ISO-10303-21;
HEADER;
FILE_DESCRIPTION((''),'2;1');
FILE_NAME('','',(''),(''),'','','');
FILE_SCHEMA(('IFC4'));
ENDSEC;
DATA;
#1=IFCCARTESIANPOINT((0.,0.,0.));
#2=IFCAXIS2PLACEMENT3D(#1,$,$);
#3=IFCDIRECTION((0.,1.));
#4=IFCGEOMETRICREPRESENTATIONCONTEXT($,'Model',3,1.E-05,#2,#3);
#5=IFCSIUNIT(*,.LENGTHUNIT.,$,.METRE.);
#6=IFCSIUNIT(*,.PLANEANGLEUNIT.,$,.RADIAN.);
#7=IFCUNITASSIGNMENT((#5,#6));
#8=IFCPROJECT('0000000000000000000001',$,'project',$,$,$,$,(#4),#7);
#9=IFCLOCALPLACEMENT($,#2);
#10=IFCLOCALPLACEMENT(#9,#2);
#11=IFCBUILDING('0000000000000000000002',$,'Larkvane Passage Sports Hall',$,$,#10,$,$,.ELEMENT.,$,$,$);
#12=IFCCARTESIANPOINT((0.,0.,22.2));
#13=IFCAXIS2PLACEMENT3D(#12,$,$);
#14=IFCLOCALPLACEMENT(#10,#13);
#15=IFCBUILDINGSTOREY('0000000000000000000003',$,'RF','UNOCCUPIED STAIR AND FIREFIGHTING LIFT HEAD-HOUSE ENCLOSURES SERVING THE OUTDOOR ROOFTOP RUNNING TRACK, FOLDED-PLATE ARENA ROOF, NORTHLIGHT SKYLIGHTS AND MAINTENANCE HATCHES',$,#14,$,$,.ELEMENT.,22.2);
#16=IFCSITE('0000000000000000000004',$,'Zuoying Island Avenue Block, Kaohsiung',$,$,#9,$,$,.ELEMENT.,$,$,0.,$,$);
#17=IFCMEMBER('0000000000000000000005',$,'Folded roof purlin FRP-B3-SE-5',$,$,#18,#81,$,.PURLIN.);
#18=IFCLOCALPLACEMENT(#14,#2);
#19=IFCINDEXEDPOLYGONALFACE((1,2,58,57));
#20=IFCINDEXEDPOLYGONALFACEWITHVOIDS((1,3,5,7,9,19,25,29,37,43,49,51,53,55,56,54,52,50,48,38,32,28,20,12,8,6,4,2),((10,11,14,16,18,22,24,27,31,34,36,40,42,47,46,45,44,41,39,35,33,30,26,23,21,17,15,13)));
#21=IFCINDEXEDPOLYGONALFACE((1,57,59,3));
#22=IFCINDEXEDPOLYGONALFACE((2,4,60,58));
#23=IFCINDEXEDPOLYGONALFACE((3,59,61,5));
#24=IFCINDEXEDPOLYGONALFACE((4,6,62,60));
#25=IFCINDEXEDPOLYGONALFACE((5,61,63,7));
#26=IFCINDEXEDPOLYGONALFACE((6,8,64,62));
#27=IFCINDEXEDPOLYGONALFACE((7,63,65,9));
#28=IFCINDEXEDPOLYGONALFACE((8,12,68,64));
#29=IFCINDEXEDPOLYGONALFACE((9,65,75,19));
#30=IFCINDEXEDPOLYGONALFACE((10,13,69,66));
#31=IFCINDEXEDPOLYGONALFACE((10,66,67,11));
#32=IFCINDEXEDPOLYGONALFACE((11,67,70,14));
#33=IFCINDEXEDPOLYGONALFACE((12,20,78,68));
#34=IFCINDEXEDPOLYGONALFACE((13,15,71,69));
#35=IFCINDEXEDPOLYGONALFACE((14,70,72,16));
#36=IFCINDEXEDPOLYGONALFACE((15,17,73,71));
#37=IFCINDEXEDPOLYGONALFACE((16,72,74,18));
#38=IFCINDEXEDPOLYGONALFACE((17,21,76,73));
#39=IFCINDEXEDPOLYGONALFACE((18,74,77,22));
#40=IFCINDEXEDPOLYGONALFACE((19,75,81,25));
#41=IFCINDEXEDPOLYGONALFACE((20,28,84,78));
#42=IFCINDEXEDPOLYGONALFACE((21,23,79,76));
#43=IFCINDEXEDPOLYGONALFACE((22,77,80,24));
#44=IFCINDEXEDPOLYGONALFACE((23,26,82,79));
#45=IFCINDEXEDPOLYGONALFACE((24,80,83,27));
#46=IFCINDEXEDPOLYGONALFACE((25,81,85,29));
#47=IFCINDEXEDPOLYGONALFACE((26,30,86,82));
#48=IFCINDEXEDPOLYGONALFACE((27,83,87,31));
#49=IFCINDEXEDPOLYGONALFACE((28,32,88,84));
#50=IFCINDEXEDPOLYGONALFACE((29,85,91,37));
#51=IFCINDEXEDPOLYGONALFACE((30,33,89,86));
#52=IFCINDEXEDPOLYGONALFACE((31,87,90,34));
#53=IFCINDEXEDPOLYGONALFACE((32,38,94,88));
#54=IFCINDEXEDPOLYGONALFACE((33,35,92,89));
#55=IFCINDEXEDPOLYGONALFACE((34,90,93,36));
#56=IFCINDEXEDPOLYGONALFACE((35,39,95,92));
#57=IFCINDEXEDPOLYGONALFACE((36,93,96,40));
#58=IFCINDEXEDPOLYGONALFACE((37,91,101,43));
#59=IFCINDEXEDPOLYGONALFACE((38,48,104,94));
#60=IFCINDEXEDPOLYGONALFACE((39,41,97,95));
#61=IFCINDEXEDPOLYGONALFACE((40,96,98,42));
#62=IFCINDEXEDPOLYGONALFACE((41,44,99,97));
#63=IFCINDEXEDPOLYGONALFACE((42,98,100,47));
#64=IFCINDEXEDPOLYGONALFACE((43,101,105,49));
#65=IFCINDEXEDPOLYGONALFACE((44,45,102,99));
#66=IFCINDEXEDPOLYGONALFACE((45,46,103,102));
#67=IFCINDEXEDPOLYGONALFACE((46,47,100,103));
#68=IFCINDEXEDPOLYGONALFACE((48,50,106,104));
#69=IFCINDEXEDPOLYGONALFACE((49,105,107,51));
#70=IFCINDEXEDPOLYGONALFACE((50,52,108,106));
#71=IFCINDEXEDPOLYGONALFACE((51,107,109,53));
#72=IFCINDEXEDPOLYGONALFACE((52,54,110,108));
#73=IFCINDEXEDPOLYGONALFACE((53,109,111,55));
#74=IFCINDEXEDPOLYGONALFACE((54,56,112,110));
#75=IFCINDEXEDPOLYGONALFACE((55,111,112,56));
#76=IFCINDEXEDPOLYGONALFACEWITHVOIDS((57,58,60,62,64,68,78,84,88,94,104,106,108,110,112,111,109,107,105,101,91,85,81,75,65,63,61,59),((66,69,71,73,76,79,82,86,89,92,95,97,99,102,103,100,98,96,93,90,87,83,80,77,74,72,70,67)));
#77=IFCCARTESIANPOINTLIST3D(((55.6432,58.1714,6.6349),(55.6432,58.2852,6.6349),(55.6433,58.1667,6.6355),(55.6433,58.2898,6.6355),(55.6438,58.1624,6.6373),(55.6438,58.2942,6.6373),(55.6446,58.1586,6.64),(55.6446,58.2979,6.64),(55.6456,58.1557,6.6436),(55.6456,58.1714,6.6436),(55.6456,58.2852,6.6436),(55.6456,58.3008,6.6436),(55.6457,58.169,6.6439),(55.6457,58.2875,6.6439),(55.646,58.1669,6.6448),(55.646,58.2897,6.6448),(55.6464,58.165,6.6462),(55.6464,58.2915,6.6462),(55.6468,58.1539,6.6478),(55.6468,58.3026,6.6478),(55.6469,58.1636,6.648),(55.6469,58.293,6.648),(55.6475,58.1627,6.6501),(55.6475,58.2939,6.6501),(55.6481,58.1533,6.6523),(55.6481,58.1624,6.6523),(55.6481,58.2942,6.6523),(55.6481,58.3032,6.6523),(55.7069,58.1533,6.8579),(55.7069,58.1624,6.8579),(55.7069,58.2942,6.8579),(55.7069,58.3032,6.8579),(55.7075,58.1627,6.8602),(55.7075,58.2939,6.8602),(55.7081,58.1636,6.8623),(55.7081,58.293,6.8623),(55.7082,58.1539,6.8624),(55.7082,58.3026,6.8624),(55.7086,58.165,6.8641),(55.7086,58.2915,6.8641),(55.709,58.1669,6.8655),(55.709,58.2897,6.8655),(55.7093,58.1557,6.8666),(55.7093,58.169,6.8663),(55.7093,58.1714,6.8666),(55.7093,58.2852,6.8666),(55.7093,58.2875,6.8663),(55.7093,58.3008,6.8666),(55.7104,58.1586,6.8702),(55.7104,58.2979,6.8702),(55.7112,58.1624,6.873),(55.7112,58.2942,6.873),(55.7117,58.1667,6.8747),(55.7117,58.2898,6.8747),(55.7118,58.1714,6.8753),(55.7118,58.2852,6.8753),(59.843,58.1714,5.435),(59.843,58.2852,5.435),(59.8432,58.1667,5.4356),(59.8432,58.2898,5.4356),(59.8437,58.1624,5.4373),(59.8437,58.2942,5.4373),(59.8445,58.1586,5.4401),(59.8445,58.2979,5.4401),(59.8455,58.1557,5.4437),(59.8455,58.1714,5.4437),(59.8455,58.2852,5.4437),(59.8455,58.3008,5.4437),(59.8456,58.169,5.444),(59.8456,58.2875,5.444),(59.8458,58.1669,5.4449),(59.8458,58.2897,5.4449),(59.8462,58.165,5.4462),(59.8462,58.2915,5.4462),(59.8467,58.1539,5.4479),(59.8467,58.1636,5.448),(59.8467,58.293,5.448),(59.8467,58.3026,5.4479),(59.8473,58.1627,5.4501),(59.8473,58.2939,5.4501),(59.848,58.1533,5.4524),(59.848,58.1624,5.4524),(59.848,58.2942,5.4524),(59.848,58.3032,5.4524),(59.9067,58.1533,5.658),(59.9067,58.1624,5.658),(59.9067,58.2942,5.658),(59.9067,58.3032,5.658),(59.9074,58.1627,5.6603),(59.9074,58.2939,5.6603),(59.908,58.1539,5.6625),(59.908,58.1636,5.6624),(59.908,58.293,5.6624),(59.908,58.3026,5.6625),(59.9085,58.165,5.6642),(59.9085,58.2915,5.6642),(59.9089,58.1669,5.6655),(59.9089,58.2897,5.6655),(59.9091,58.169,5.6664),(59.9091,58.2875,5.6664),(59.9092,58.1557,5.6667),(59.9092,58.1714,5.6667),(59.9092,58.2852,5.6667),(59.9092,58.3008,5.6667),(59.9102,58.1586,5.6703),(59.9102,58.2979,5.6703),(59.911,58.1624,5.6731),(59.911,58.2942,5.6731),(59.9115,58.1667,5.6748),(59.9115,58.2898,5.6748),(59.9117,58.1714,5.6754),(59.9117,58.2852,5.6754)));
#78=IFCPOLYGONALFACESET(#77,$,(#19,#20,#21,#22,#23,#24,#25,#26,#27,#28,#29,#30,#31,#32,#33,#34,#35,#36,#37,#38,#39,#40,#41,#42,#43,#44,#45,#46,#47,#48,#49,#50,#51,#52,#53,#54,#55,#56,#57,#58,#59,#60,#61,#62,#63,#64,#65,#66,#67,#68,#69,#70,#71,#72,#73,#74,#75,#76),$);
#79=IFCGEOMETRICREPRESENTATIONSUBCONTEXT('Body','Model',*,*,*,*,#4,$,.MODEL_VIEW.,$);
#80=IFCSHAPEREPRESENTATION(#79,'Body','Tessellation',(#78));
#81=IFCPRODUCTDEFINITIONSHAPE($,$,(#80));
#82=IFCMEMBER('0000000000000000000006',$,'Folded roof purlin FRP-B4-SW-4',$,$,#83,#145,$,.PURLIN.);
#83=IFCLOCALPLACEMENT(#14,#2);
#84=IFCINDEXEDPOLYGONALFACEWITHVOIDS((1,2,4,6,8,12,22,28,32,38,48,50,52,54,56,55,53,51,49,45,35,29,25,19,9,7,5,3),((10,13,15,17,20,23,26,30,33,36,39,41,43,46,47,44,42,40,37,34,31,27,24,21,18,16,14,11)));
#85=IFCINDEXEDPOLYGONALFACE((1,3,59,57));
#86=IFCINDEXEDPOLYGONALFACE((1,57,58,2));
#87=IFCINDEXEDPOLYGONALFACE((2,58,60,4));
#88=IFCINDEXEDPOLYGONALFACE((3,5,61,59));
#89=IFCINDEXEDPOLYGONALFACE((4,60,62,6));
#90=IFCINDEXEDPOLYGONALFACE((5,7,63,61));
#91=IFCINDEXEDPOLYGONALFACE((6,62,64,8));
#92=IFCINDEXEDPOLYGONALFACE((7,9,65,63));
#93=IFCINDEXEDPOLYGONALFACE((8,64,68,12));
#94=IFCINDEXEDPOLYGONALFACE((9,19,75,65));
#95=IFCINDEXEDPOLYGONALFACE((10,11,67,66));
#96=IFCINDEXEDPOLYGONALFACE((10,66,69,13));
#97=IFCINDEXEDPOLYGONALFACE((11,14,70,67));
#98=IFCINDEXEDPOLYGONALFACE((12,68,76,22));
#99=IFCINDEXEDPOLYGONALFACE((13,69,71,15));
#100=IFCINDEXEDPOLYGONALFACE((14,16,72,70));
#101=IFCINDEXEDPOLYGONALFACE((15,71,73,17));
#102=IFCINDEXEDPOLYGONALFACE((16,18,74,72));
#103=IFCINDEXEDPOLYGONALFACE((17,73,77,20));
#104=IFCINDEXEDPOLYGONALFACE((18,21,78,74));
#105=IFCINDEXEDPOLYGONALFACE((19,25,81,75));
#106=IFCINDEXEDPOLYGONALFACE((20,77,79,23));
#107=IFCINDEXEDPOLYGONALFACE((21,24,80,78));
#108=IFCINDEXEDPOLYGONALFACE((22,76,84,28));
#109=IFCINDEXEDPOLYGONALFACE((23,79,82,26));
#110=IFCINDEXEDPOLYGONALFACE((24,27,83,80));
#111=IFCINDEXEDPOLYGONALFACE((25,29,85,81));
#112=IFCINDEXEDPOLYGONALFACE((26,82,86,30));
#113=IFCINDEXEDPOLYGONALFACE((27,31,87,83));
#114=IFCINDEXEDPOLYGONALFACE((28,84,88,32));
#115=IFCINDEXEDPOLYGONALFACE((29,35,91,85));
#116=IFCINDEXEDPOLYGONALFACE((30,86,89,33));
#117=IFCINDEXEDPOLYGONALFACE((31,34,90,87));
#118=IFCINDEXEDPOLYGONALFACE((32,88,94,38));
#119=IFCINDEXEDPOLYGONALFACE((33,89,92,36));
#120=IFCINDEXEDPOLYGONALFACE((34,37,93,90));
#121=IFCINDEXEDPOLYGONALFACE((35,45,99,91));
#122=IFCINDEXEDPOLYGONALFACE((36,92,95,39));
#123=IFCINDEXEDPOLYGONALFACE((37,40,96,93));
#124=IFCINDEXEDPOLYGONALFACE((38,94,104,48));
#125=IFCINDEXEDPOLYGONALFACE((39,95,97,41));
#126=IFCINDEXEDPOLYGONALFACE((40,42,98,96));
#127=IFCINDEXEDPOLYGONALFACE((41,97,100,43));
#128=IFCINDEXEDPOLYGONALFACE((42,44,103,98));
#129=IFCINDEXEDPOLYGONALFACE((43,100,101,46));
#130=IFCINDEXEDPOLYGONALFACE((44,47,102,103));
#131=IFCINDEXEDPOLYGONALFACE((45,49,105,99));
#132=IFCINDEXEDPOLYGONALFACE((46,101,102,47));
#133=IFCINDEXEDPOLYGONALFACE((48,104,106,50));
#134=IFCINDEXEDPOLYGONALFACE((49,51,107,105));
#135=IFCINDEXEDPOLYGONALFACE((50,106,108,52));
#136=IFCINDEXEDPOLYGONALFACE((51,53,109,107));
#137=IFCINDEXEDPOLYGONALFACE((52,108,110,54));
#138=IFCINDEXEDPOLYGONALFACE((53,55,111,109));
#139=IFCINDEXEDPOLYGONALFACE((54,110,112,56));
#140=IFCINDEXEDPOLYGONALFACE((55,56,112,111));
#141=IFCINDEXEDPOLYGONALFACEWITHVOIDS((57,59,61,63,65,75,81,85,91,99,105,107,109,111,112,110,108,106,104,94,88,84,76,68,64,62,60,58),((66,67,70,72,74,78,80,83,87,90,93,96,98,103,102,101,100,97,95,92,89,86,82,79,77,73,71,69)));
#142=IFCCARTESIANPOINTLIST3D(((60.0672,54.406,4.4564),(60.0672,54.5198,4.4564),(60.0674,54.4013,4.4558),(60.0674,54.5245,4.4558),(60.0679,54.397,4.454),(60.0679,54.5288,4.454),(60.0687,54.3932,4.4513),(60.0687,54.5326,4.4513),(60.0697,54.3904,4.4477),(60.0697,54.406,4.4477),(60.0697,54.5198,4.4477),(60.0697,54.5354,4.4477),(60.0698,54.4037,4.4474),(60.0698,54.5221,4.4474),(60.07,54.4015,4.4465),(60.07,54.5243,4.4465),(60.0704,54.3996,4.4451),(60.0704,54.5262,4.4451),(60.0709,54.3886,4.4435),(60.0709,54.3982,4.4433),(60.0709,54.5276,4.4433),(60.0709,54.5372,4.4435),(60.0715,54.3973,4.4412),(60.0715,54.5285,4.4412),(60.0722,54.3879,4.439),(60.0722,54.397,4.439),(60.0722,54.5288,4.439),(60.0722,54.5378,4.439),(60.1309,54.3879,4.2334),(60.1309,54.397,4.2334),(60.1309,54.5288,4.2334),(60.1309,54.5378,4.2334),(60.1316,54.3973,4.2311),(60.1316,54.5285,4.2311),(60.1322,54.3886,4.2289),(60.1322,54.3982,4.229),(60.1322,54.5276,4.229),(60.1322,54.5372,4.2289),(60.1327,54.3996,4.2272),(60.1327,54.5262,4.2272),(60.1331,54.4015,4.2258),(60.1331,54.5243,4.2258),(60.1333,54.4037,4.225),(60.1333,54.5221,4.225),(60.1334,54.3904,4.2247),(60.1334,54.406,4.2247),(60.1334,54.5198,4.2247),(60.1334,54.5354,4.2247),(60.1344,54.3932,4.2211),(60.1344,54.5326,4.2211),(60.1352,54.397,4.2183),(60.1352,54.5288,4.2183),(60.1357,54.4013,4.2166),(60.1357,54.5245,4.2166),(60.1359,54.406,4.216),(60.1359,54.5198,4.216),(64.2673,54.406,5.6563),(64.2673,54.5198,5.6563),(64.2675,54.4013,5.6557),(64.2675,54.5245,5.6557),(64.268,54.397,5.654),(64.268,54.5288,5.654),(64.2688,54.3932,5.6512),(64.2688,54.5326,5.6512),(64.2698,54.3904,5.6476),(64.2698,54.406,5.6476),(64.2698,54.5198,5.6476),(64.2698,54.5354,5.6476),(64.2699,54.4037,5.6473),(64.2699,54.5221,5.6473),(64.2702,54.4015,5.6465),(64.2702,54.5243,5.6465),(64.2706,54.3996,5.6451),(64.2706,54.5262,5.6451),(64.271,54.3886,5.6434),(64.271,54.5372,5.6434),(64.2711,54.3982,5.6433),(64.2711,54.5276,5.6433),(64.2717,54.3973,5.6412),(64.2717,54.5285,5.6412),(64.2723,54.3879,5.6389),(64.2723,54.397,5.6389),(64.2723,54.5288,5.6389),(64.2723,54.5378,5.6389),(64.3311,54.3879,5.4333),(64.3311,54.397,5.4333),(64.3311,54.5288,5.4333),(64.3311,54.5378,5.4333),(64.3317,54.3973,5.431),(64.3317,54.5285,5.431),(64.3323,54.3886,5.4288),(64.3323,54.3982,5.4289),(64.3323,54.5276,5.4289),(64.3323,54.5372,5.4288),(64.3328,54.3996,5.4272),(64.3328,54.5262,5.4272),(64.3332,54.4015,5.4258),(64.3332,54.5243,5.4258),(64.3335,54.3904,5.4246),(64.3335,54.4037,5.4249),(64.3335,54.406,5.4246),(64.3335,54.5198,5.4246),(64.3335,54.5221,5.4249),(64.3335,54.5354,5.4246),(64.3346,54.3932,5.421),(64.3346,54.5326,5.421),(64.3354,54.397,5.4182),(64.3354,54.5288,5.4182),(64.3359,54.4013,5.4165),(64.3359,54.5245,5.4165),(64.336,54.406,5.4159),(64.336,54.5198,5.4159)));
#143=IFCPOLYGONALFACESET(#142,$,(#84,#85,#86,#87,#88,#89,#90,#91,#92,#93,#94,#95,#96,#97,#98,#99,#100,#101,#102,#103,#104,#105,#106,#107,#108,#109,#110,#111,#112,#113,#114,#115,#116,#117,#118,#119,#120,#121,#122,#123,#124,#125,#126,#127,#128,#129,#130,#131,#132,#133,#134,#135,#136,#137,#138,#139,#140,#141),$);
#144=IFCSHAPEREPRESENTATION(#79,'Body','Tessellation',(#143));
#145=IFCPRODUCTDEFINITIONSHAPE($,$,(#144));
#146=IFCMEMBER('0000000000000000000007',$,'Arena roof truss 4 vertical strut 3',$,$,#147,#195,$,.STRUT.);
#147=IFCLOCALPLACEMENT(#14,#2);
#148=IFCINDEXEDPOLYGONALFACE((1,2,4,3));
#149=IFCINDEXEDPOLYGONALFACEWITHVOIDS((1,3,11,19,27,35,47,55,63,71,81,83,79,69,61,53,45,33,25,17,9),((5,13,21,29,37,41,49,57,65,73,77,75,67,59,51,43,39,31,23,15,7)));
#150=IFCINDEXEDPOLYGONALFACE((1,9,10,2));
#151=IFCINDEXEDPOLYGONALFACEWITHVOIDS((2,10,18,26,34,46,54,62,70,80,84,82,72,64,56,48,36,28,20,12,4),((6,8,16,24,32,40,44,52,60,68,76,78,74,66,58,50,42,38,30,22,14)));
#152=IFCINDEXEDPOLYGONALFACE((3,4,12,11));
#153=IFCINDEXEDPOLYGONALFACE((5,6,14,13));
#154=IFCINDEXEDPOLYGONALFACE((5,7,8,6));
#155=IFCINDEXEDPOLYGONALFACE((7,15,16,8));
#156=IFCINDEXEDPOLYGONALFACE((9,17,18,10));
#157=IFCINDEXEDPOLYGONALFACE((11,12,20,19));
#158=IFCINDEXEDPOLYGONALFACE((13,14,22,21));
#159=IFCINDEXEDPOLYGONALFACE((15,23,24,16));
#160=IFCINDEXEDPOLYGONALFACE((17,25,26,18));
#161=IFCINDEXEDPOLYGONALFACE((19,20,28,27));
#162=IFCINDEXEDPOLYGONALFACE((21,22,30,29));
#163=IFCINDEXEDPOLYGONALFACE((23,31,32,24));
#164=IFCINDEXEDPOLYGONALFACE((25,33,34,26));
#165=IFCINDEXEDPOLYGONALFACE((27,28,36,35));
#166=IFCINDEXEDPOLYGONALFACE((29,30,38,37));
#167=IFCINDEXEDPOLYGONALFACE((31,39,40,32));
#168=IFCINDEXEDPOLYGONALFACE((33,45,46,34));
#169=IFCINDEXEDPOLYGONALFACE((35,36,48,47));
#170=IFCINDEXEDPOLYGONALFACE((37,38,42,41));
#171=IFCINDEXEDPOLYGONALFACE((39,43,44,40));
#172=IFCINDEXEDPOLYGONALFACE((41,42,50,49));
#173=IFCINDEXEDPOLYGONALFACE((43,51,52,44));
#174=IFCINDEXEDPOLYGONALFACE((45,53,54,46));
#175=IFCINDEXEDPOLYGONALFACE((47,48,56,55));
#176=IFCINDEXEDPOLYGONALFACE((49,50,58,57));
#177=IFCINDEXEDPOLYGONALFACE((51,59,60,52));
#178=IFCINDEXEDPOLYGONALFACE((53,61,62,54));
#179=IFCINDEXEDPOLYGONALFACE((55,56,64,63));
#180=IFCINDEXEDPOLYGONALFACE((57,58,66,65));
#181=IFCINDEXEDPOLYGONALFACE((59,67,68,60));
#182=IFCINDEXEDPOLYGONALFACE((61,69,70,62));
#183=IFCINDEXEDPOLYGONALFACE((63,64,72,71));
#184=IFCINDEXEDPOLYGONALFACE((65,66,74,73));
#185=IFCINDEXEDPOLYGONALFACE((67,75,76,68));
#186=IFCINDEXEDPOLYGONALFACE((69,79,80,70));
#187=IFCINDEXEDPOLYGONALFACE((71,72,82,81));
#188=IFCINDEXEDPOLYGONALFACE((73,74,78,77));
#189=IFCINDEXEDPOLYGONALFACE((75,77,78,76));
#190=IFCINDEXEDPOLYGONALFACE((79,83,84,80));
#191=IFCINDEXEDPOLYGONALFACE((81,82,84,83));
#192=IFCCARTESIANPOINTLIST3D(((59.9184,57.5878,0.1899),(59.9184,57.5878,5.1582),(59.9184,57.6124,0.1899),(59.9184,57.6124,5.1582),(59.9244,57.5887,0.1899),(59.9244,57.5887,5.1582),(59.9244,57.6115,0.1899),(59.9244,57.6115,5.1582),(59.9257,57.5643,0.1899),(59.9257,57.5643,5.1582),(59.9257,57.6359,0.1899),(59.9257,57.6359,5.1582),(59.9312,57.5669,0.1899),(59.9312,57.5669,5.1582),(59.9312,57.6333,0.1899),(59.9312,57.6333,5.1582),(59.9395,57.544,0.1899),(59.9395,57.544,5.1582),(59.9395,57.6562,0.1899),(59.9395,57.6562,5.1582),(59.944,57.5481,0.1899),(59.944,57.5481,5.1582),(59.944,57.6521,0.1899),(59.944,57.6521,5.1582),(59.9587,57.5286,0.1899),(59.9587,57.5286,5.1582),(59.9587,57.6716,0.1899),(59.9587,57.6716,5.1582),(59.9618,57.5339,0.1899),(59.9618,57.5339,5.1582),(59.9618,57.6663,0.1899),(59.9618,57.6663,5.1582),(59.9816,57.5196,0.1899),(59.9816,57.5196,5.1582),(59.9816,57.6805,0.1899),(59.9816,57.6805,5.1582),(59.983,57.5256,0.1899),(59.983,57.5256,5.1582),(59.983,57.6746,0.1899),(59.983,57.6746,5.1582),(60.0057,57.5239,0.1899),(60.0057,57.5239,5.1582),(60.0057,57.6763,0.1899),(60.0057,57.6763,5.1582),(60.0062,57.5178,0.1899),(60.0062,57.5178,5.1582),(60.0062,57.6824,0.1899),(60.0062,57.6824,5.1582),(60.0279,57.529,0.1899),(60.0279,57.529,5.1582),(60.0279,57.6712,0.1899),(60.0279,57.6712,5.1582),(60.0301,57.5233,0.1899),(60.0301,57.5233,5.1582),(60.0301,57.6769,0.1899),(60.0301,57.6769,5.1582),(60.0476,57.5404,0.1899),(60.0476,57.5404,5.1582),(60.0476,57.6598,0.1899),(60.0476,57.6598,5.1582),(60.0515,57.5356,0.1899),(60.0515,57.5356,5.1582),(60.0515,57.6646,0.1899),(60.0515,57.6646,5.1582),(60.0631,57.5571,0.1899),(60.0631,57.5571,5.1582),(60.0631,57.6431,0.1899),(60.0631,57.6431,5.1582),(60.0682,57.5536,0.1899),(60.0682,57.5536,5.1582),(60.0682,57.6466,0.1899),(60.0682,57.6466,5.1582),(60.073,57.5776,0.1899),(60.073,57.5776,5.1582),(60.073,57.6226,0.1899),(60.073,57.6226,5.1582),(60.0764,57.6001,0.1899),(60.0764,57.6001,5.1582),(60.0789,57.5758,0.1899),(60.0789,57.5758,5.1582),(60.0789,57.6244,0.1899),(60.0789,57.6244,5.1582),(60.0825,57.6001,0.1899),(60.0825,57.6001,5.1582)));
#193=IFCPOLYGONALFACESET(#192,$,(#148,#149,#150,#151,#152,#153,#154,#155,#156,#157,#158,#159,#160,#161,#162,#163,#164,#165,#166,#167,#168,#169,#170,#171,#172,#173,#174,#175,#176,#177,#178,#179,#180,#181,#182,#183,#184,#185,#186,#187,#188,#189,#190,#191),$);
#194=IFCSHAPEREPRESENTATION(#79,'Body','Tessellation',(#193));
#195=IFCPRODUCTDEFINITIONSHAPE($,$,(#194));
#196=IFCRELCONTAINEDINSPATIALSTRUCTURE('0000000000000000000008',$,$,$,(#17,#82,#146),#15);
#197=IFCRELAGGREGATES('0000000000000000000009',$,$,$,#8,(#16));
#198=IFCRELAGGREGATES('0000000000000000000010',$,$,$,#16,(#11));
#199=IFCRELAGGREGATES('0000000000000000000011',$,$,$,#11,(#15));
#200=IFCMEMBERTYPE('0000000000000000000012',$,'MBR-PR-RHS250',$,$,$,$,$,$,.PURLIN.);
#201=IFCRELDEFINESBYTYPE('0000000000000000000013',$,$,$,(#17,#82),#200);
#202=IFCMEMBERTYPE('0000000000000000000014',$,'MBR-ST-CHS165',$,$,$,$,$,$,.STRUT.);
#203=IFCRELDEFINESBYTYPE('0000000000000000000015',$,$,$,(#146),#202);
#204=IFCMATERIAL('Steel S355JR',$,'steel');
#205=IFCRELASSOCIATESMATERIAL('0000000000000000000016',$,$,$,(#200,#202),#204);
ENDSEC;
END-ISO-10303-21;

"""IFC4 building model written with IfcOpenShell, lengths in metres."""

from ifc_helpers import new_model, si_unit, direction, frame, origin, origin_2d, place, context, subcontext, project, spatial, hollow_rectangle, hollow_circle, extrude, material, material_profile, profile_set, type_object, element, save


model = new_model("IFC4")

# Units and contexts
model_context = context("Model", 3, precision=1e-05, world=origin(), true_north=direction((0.0, 1.0)))
body_context = subcontext(model_context, "Body", "Model", "MODEL_VIEW")
ifc_project = project(units=[si_unit("LENGTHUNIT", "METRE"), si_unit("PLANEANGLEUNIT", "RADIAN")], contexts=[model_context])

# Site, building, storey
site_placement = place(None, origin())
site = spatial("IfcSite", under=ifc_project, at=site_placement, Name="Zuoying Island Avenue Block, Kaohsiung", CompositionType="ELEMENT", RefElevation=0.0)
building_placement = place(site_placement, origin())
building = spatial("IfcBuilding", under=site, at=building_placement, Name="Larkvane Passage Sports Hall", CompositionType="ELEMENT")
storey_placement = place(building_placement, frame((0.0, 0.0, 22.2)))
storey = spatial("IfcBuildingStorey", under=building, at=storey_placement, Name="RF", Description="UNOCCUPIED STAIR AND FIREFIGHTING LIFT HEAD-HOUSE ENCLOSURES SERVING THE OUTDOOR ROOFTOP RUNNING TRACK, FOLDED-PLATE ARENA ROOF, NORTHLIGHT SKYLIGHTS AND MAINTENANCE HATCHES", CompositionType="ELEMENT", Elevation=22.2)

# Members
ifc_material_1 = material(Name="Steel S355JR", Category="steel")
ifc_material_profile_1 = material_profile(ifc_material_1, hollow_rectangle(XDim=0.1499, YDim=0.25, WallThickness=0.009, InnerFilletRadius=0.009, OuterFilletRadius=0.0181, at=origin_2d()), Name="RHS-250x150x9")
ifc_profile_set_1 = profile_set([ifc_material_profile_1], Name="Steel S355JR")
member_type_1 = type_object("IfcMemberType", Name="MBR-PR-RHS250", PredefinedType="PURLIN", material=ifc_profile_set_1)
member_1_placement = place(storey_placement, frame((55.6775, 58.2283, 6.7551), z_axis=(0.961526, 0.0, -0.274714), x_axis=(0.0, 1.0, 0.0)))
element("IfcMember", 1, at=member_1_placement, inside=storey, type_object=member_type_1, Name="Folded roof purlin FRP-B3-SE-5", PredefinedType="PURLIN", context=body_context, shape_type="SweptSolid", body=[
    extrude(hollow_rectangle(XDim=0.1499, YDim=0.25, WallThickness=0.009, InnerFilletRadius=0.009, OuterFilletRadius=0.0181, at=origin_2d()), origin(), (0.0, 0.0, 1.0), 4.3679),
])
member_2_placement = place(storey_placement, frame((60.1016, 54.4629, 4.3362), z_axis=(0.96153, 0.0, 0.274699), x_axis=(0.0, 1.0, 0.0)))
element("IfcMember", 2, at=member_2_placement, inside=storey, type_object=member_type_1, Name="Folded roof purlin FRP-B4-SW-4", PredefinedType="PURLIN", context=body_context, shape_type="SweptSolid", body=[
    extrude(hollow_rectangle(XDim=0.1499, YDim=0.25, WallThickness=0.009, InnerFilletRadius=0.009, OuterFilletRadius=0.0181, at=origin_2d()), origin(), (0.0, 0.0, 1.0), 4.3682),
])
ifc_material_profile_2 = material_profile(ifc_material_1, hollow_circle(Radius=0.0825, WallThickness=0.0061, at=origin_2d()), Name="CHS-165.2x6.0")
ifc_profile_set_2 = profile_set([ifc_material_profile_2], Name="Steel S355JR")
member_type_2 = type_object("IfcMemberType", Name="MBR-ST-CHS165", PredefinedType="STRUT", material=ifc_profile_set_2)
member_3_placement = place(storey_placement, frame((60.0, 57.6001, 0.1899), z_axis=(0.0, 0.0, 1.0), x_axis=(1.0, 0.0, 0.0)))
element("IfcMember", 3, at=member_3_placement, inside=storey, type_object=member_type_2, Name="Arena roof truss 4 vertical strut 3", PredefinedType="STRUT", context=body_context, shape_type="SweptSolid", body=[
    extrude(hollow_circle(Radius=0.0825, WallThickness=0.0061, at=origin_2d()), origin(), (0.0, 0.0, 1.0), 4.9683),
])

save(model, "model.ifc")
